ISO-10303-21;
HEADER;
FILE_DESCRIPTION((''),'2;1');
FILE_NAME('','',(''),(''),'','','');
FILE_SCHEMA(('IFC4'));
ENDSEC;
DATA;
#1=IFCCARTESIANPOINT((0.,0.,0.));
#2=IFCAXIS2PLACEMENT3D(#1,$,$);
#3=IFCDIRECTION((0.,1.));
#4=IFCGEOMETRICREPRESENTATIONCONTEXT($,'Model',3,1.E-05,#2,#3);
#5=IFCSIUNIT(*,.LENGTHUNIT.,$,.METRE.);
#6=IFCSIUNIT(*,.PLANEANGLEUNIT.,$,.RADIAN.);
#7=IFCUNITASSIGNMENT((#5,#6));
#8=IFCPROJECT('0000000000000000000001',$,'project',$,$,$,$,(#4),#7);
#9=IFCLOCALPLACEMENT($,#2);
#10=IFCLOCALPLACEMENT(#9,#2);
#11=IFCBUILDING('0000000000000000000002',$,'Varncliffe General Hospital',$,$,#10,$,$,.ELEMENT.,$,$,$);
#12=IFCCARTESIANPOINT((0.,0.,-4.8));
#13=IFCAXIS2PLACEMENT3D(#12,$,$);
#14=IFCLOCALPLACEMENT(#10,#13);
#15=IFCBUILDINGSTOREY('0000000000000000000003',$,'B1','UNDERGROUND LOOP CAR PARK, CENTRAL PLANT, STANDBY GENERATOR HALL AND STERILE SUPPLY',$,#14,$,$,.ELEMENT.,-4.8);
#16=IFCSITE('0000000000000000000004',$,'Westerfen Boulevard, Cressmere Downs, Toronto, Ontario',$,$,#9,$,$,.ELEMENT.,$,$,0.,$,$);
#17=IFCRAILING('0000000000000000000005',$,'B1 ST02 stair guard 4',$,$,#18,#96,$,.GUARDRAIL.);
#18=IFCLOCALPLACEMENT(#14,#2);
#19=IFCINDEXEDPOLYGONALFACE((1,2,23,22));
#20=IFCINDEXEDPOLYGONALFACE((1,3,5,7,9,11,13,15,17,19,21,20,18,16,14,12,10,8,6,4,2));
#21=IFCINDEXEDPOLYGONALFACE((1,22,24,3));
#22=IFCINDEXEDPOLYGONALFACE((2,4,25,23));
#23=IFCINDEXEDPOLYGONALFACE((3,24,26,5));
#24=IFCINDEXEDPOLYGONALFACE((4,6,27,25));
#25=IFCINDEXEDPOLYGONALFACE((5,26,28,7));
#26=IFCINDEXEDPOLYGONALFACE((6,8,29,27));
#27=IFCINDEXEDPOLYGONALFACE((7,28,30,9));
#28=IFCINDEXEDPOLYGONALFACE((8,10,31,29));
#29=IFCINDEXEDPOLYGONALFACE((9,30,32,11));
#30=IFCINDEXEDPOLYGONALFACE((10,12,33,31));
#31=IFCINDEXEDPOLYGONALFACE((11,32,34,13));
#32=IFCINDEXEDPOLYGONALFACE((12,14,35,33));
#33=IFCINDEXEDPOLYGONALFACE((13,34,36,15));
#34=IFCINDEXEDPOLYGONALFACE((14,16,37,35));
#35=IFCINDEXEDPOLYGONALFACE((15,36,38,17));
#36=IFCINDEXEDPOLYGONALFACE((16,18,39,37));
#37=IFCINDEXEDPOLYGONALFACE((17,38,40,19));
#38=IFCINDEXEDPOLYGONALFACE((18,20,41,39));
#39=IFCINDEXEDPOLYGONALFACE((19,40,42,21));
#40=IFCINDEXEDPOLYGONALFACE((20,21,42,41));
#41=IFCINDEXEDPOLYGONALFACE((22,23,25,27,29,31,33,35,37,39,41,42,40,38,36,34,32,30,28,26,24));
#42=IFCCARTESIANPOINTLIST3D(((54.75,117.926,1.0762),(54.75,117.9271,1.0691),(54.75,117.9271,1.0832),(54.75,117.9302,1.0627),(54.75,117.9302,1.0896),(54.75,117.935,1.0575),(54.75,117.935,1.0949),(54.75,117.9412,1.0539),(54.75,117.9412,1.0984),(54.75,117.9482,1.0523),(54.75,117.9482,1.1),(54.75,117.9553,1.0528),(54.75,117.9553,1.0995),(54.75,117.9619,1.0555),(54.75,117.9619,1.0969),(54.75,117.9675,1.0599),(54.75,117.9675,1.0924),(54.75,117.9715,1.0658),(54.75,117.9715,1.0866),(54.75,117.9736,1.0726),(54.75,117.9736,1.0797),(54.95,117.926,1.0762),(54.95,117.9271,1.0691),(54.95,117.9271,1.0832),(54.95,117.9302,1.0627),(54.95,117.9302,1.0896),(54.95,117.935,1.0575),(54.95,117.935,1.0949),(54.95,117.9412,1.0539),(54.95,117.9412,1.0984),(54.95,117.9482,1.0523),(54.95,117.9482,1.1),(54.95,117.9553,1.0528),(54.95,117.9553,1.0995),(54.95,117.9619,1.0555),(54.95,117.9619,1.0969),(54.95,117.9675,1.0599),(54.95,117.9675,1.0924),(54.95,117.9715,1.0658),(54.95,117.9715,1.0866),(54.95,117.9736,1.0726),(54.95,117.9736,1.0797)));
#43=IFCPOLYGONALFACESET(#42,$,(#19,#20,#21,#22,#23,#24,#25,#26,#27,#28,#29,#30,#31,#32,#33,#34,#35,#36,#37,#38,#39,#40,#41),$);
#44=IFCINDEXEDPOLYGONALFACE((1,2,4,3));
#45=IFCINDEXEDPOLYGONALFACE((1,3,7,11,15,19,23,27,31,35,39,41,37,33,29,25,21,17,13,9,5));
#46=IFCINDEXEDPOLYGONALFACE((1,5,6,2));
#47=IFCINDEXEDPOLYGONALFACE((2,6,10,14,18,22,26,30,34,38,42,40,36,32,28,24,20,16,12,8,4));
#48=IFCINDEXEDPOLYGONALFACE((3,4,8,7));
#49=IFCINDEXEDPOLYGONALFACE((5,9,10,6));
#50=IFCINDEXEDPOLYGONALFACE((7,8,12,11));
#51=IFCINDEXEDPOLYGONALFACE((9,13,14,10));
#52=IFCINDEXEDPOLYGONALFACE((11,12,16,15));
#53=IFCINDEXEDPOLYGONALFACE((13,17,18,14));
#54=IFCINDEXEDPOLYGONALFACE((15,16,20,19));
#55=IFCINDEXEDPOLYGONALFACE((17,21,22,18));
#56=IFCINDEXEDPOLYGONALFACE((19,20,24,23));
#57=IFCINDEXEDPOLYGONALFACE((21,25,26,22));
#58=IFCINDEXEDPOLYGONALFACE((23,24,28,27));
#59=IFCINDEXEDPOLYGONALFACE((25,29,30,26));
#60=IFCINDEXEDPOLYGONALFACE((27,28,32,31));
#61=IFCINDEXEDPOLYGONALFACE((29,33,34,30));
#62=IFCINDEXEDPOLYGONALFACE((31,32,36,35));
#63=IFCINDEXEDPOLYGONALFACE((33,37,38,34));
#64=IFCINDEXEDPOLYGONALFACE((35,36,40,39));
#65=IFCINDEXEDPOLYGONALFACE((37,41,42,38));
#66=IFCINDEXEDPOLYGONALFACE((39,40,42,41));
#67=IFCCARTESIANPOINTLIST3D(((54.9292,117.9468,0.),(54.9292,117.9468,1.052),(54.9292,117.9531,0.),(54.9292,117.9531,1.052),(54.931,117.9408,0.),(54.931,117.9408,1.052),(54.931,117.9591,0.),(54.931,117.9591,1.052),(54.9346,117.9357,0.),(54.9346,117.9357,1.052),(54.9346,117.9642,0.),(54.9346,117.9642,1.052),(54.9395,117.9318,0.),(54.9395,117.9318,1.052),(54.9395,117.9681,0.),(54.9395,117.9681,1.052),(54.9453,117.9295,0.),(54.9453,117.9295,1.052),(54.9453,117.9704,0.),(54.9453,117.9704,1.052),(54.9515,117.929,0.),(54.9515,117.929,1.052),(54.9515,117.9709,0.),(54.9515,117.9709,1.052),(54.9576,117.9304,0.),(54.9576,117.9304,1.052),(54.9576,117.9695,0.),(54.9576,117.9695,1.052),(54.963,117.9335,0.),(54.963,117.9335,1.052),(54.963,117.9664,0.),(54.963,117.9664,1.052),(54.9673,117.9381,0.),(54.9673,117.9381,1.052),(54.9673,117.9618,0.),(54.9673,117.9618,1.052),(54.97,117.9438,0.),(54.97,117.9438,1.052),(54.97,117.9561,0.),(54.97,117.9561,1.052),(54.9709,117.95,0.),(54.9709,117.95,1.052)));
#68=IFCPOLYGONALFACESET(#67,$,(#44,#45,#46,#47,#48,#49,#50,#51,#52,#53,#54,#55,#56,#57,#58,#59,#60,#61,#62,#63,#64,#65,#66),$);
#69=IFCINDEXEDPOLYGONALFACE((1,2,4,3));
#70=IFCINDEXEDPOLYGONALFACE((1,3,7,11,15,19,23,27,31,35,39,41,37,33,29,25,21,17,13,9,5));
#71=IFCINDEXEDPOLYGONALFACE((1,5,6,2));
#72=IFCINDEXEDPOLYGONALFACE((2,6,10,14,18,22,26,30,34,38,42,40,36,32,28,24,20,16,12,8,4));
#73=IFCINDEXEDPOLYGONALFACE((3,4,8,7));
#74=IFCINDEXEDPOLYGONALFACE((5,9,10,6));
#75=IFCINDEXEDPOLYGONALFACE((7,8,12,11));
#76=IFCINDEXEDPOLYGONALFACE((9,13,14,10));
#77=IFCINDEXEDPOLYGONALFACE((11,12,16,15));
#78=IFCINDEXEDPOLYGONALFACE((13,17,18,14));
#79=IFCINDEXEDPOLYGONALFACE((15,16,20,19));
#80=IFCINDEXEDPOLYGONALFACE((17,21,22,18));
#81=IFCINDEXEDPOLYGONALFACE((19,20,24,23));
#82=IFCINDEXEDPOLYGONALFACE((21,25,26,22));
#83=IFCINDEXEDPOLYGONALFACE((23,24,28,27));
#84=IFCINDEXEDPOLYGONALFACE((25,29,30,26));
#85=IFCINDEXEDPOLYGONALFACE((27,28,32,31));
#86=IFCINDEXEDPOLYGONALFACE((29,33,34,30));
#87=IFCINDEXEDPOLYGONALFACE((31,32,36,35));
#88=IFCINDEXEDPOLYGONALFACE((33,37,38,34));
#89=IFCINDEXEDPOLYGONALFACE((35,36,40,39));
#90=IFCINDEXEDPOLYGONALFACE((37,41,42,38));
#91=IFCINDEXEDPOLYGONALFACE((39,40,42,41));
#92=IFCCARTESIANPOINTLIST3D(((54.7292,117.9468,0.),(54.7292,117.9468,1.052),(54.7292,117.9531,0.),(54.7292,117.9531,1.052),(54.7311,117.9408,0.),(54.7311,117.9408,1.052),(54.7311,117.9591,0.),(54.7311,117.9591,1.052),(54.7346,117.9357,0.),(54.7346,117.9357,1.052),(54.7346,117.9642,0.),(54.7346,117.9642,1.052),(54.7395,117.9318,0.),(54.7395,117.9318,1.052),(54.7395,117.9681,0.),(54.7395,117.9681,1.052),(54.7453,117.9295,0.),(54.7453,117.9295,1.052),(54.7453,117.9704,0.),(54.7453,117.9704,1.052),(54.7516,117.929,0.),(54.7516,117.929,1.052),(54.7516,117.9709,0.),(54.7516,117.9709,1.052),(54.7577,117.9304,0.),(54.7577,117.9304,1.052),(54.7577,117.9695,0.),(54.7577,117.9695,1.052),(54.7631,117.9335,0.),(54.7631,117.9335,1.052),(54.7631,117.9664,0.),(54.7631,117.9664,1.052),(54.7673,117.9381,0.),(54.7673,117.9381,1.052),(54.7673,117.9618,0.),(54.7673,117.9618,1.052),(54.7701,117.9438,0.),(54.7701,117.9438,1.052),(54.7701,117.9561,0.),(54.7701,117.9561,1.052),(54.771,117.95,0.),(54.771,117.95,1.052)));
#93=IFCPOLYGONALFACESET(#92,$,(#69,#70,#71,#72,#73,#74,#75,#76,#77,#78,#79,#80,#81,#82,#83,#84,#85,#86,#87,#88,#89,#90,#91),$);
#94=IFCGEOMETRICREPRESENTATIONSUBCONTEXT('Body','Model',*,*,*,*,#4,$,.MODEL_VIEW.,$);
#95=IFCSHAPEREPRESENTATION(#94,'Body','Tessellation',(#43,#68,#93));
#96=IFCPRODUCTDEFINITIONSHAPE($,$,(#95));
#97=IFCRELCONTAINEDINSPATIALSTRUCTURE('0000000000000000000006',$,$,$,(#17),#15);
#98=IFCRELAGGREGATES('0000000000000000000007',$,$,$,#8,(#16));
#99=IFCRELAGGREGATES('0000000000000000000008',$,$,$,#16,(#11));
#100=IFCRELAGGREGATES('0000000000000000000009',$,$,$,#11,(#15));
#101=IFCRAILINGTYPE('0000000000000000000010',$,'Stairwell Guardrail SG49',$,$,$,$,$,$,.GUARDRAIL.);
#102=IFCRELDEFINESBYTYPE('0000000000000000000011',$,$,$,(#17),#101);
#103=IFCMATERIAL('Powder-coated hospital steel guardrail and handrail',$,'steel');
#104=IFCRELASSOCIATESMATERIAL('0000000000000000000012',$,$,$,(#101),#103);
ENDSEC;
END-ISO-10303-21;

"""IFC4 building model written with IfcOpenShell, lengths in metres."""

from ifc_helpers import new_model, si_unit, direction, frame, origin, origin_2d, place, context, subcontext, project, spatial, circle, extrude, material, type_object, element, save


model = new_model("IFC4")

# Units and contexts
model_context = context("Model", 3, precision=1e-05, world=origin(), true_north=direction((0.0, 1.0)))
body_context = subcontext(model_context, "Body", "Model", "MODEL_VIEW")
ifc_project = project(units=[si_unit("LENGTHUNIT", "METRE"), si_unit("PLANEANGLEUNIT", "RADIAN")], contexts=[model_context])

# Site, building, storey
site_placement = place(None, origin())
site = spatial("IfcSite", under=ifc_project, at=site_placement, Name="Westerfen Boulevard, Cressmere Downs, Toronto, Ontario", CompositionType="ELEMENT", RefElevation=0.0)
building_placement = place(site_placement, origin())
building = spatial("IfcBuilding", under=site, at=building_placement, Name="Varncliffe General Hospital", CompositionType="ELEMENT")
storey_placement = place(building_placement, frame((0.0, 0.0, -4.8)))
storey = spatial("IfcBuildingStorey", under=building, at=storey_placement, Name="B1", Description="UNDERGROUND LOOP CAR PARK, CENTRAL PLANT, STANDBY GENERATOR HALL AND STERILE SUPPLY", CompositionType="ELEMENT", Elevation=-4.8)

# Railing
ifc_material_1 = material(Name="Powder-coated hospital steel guardrail and handrail", Category="steel")
railing_type_1 = type_object("IfcRailingType", Name="Stairwell Guardrail SG49", PredefinedType="GUARDRAIL", material=ifc_material_1)
railing_1_placement = place(storey_placement, frame((54.95, 117.95, 0.0)))
element("IfcRailing", 1, at=railing_1_placement, inside=storey, type_object=railing_type_1, Name="B1 ST02 stair guard 4", PredefinedType="GUARDRAIL", context=body_context, shape_type="SweptSolid", body=[
    extrude(circle(Radius=0.0239, at=origin_2d()), frame((0.0, 0.0, 1.0762), z_axis=(-1.0, 0.0, 0.0), x_axis=(0.0, -1.0, 0.0)), (0.0, 0.0, 1.0), 0.2),
    extrude(circle(Radius=0.021, at=origin_2d()), origin(), (0.0, 0.0, 1.0), 1.052),
    extrude(circle(Radius=0.021, at=origin_2d()), frame((-0.2, 0.0, 0.0)), (0.0, 0.0, 1.0), 1.052),
])

save(model, "model.ifc")
